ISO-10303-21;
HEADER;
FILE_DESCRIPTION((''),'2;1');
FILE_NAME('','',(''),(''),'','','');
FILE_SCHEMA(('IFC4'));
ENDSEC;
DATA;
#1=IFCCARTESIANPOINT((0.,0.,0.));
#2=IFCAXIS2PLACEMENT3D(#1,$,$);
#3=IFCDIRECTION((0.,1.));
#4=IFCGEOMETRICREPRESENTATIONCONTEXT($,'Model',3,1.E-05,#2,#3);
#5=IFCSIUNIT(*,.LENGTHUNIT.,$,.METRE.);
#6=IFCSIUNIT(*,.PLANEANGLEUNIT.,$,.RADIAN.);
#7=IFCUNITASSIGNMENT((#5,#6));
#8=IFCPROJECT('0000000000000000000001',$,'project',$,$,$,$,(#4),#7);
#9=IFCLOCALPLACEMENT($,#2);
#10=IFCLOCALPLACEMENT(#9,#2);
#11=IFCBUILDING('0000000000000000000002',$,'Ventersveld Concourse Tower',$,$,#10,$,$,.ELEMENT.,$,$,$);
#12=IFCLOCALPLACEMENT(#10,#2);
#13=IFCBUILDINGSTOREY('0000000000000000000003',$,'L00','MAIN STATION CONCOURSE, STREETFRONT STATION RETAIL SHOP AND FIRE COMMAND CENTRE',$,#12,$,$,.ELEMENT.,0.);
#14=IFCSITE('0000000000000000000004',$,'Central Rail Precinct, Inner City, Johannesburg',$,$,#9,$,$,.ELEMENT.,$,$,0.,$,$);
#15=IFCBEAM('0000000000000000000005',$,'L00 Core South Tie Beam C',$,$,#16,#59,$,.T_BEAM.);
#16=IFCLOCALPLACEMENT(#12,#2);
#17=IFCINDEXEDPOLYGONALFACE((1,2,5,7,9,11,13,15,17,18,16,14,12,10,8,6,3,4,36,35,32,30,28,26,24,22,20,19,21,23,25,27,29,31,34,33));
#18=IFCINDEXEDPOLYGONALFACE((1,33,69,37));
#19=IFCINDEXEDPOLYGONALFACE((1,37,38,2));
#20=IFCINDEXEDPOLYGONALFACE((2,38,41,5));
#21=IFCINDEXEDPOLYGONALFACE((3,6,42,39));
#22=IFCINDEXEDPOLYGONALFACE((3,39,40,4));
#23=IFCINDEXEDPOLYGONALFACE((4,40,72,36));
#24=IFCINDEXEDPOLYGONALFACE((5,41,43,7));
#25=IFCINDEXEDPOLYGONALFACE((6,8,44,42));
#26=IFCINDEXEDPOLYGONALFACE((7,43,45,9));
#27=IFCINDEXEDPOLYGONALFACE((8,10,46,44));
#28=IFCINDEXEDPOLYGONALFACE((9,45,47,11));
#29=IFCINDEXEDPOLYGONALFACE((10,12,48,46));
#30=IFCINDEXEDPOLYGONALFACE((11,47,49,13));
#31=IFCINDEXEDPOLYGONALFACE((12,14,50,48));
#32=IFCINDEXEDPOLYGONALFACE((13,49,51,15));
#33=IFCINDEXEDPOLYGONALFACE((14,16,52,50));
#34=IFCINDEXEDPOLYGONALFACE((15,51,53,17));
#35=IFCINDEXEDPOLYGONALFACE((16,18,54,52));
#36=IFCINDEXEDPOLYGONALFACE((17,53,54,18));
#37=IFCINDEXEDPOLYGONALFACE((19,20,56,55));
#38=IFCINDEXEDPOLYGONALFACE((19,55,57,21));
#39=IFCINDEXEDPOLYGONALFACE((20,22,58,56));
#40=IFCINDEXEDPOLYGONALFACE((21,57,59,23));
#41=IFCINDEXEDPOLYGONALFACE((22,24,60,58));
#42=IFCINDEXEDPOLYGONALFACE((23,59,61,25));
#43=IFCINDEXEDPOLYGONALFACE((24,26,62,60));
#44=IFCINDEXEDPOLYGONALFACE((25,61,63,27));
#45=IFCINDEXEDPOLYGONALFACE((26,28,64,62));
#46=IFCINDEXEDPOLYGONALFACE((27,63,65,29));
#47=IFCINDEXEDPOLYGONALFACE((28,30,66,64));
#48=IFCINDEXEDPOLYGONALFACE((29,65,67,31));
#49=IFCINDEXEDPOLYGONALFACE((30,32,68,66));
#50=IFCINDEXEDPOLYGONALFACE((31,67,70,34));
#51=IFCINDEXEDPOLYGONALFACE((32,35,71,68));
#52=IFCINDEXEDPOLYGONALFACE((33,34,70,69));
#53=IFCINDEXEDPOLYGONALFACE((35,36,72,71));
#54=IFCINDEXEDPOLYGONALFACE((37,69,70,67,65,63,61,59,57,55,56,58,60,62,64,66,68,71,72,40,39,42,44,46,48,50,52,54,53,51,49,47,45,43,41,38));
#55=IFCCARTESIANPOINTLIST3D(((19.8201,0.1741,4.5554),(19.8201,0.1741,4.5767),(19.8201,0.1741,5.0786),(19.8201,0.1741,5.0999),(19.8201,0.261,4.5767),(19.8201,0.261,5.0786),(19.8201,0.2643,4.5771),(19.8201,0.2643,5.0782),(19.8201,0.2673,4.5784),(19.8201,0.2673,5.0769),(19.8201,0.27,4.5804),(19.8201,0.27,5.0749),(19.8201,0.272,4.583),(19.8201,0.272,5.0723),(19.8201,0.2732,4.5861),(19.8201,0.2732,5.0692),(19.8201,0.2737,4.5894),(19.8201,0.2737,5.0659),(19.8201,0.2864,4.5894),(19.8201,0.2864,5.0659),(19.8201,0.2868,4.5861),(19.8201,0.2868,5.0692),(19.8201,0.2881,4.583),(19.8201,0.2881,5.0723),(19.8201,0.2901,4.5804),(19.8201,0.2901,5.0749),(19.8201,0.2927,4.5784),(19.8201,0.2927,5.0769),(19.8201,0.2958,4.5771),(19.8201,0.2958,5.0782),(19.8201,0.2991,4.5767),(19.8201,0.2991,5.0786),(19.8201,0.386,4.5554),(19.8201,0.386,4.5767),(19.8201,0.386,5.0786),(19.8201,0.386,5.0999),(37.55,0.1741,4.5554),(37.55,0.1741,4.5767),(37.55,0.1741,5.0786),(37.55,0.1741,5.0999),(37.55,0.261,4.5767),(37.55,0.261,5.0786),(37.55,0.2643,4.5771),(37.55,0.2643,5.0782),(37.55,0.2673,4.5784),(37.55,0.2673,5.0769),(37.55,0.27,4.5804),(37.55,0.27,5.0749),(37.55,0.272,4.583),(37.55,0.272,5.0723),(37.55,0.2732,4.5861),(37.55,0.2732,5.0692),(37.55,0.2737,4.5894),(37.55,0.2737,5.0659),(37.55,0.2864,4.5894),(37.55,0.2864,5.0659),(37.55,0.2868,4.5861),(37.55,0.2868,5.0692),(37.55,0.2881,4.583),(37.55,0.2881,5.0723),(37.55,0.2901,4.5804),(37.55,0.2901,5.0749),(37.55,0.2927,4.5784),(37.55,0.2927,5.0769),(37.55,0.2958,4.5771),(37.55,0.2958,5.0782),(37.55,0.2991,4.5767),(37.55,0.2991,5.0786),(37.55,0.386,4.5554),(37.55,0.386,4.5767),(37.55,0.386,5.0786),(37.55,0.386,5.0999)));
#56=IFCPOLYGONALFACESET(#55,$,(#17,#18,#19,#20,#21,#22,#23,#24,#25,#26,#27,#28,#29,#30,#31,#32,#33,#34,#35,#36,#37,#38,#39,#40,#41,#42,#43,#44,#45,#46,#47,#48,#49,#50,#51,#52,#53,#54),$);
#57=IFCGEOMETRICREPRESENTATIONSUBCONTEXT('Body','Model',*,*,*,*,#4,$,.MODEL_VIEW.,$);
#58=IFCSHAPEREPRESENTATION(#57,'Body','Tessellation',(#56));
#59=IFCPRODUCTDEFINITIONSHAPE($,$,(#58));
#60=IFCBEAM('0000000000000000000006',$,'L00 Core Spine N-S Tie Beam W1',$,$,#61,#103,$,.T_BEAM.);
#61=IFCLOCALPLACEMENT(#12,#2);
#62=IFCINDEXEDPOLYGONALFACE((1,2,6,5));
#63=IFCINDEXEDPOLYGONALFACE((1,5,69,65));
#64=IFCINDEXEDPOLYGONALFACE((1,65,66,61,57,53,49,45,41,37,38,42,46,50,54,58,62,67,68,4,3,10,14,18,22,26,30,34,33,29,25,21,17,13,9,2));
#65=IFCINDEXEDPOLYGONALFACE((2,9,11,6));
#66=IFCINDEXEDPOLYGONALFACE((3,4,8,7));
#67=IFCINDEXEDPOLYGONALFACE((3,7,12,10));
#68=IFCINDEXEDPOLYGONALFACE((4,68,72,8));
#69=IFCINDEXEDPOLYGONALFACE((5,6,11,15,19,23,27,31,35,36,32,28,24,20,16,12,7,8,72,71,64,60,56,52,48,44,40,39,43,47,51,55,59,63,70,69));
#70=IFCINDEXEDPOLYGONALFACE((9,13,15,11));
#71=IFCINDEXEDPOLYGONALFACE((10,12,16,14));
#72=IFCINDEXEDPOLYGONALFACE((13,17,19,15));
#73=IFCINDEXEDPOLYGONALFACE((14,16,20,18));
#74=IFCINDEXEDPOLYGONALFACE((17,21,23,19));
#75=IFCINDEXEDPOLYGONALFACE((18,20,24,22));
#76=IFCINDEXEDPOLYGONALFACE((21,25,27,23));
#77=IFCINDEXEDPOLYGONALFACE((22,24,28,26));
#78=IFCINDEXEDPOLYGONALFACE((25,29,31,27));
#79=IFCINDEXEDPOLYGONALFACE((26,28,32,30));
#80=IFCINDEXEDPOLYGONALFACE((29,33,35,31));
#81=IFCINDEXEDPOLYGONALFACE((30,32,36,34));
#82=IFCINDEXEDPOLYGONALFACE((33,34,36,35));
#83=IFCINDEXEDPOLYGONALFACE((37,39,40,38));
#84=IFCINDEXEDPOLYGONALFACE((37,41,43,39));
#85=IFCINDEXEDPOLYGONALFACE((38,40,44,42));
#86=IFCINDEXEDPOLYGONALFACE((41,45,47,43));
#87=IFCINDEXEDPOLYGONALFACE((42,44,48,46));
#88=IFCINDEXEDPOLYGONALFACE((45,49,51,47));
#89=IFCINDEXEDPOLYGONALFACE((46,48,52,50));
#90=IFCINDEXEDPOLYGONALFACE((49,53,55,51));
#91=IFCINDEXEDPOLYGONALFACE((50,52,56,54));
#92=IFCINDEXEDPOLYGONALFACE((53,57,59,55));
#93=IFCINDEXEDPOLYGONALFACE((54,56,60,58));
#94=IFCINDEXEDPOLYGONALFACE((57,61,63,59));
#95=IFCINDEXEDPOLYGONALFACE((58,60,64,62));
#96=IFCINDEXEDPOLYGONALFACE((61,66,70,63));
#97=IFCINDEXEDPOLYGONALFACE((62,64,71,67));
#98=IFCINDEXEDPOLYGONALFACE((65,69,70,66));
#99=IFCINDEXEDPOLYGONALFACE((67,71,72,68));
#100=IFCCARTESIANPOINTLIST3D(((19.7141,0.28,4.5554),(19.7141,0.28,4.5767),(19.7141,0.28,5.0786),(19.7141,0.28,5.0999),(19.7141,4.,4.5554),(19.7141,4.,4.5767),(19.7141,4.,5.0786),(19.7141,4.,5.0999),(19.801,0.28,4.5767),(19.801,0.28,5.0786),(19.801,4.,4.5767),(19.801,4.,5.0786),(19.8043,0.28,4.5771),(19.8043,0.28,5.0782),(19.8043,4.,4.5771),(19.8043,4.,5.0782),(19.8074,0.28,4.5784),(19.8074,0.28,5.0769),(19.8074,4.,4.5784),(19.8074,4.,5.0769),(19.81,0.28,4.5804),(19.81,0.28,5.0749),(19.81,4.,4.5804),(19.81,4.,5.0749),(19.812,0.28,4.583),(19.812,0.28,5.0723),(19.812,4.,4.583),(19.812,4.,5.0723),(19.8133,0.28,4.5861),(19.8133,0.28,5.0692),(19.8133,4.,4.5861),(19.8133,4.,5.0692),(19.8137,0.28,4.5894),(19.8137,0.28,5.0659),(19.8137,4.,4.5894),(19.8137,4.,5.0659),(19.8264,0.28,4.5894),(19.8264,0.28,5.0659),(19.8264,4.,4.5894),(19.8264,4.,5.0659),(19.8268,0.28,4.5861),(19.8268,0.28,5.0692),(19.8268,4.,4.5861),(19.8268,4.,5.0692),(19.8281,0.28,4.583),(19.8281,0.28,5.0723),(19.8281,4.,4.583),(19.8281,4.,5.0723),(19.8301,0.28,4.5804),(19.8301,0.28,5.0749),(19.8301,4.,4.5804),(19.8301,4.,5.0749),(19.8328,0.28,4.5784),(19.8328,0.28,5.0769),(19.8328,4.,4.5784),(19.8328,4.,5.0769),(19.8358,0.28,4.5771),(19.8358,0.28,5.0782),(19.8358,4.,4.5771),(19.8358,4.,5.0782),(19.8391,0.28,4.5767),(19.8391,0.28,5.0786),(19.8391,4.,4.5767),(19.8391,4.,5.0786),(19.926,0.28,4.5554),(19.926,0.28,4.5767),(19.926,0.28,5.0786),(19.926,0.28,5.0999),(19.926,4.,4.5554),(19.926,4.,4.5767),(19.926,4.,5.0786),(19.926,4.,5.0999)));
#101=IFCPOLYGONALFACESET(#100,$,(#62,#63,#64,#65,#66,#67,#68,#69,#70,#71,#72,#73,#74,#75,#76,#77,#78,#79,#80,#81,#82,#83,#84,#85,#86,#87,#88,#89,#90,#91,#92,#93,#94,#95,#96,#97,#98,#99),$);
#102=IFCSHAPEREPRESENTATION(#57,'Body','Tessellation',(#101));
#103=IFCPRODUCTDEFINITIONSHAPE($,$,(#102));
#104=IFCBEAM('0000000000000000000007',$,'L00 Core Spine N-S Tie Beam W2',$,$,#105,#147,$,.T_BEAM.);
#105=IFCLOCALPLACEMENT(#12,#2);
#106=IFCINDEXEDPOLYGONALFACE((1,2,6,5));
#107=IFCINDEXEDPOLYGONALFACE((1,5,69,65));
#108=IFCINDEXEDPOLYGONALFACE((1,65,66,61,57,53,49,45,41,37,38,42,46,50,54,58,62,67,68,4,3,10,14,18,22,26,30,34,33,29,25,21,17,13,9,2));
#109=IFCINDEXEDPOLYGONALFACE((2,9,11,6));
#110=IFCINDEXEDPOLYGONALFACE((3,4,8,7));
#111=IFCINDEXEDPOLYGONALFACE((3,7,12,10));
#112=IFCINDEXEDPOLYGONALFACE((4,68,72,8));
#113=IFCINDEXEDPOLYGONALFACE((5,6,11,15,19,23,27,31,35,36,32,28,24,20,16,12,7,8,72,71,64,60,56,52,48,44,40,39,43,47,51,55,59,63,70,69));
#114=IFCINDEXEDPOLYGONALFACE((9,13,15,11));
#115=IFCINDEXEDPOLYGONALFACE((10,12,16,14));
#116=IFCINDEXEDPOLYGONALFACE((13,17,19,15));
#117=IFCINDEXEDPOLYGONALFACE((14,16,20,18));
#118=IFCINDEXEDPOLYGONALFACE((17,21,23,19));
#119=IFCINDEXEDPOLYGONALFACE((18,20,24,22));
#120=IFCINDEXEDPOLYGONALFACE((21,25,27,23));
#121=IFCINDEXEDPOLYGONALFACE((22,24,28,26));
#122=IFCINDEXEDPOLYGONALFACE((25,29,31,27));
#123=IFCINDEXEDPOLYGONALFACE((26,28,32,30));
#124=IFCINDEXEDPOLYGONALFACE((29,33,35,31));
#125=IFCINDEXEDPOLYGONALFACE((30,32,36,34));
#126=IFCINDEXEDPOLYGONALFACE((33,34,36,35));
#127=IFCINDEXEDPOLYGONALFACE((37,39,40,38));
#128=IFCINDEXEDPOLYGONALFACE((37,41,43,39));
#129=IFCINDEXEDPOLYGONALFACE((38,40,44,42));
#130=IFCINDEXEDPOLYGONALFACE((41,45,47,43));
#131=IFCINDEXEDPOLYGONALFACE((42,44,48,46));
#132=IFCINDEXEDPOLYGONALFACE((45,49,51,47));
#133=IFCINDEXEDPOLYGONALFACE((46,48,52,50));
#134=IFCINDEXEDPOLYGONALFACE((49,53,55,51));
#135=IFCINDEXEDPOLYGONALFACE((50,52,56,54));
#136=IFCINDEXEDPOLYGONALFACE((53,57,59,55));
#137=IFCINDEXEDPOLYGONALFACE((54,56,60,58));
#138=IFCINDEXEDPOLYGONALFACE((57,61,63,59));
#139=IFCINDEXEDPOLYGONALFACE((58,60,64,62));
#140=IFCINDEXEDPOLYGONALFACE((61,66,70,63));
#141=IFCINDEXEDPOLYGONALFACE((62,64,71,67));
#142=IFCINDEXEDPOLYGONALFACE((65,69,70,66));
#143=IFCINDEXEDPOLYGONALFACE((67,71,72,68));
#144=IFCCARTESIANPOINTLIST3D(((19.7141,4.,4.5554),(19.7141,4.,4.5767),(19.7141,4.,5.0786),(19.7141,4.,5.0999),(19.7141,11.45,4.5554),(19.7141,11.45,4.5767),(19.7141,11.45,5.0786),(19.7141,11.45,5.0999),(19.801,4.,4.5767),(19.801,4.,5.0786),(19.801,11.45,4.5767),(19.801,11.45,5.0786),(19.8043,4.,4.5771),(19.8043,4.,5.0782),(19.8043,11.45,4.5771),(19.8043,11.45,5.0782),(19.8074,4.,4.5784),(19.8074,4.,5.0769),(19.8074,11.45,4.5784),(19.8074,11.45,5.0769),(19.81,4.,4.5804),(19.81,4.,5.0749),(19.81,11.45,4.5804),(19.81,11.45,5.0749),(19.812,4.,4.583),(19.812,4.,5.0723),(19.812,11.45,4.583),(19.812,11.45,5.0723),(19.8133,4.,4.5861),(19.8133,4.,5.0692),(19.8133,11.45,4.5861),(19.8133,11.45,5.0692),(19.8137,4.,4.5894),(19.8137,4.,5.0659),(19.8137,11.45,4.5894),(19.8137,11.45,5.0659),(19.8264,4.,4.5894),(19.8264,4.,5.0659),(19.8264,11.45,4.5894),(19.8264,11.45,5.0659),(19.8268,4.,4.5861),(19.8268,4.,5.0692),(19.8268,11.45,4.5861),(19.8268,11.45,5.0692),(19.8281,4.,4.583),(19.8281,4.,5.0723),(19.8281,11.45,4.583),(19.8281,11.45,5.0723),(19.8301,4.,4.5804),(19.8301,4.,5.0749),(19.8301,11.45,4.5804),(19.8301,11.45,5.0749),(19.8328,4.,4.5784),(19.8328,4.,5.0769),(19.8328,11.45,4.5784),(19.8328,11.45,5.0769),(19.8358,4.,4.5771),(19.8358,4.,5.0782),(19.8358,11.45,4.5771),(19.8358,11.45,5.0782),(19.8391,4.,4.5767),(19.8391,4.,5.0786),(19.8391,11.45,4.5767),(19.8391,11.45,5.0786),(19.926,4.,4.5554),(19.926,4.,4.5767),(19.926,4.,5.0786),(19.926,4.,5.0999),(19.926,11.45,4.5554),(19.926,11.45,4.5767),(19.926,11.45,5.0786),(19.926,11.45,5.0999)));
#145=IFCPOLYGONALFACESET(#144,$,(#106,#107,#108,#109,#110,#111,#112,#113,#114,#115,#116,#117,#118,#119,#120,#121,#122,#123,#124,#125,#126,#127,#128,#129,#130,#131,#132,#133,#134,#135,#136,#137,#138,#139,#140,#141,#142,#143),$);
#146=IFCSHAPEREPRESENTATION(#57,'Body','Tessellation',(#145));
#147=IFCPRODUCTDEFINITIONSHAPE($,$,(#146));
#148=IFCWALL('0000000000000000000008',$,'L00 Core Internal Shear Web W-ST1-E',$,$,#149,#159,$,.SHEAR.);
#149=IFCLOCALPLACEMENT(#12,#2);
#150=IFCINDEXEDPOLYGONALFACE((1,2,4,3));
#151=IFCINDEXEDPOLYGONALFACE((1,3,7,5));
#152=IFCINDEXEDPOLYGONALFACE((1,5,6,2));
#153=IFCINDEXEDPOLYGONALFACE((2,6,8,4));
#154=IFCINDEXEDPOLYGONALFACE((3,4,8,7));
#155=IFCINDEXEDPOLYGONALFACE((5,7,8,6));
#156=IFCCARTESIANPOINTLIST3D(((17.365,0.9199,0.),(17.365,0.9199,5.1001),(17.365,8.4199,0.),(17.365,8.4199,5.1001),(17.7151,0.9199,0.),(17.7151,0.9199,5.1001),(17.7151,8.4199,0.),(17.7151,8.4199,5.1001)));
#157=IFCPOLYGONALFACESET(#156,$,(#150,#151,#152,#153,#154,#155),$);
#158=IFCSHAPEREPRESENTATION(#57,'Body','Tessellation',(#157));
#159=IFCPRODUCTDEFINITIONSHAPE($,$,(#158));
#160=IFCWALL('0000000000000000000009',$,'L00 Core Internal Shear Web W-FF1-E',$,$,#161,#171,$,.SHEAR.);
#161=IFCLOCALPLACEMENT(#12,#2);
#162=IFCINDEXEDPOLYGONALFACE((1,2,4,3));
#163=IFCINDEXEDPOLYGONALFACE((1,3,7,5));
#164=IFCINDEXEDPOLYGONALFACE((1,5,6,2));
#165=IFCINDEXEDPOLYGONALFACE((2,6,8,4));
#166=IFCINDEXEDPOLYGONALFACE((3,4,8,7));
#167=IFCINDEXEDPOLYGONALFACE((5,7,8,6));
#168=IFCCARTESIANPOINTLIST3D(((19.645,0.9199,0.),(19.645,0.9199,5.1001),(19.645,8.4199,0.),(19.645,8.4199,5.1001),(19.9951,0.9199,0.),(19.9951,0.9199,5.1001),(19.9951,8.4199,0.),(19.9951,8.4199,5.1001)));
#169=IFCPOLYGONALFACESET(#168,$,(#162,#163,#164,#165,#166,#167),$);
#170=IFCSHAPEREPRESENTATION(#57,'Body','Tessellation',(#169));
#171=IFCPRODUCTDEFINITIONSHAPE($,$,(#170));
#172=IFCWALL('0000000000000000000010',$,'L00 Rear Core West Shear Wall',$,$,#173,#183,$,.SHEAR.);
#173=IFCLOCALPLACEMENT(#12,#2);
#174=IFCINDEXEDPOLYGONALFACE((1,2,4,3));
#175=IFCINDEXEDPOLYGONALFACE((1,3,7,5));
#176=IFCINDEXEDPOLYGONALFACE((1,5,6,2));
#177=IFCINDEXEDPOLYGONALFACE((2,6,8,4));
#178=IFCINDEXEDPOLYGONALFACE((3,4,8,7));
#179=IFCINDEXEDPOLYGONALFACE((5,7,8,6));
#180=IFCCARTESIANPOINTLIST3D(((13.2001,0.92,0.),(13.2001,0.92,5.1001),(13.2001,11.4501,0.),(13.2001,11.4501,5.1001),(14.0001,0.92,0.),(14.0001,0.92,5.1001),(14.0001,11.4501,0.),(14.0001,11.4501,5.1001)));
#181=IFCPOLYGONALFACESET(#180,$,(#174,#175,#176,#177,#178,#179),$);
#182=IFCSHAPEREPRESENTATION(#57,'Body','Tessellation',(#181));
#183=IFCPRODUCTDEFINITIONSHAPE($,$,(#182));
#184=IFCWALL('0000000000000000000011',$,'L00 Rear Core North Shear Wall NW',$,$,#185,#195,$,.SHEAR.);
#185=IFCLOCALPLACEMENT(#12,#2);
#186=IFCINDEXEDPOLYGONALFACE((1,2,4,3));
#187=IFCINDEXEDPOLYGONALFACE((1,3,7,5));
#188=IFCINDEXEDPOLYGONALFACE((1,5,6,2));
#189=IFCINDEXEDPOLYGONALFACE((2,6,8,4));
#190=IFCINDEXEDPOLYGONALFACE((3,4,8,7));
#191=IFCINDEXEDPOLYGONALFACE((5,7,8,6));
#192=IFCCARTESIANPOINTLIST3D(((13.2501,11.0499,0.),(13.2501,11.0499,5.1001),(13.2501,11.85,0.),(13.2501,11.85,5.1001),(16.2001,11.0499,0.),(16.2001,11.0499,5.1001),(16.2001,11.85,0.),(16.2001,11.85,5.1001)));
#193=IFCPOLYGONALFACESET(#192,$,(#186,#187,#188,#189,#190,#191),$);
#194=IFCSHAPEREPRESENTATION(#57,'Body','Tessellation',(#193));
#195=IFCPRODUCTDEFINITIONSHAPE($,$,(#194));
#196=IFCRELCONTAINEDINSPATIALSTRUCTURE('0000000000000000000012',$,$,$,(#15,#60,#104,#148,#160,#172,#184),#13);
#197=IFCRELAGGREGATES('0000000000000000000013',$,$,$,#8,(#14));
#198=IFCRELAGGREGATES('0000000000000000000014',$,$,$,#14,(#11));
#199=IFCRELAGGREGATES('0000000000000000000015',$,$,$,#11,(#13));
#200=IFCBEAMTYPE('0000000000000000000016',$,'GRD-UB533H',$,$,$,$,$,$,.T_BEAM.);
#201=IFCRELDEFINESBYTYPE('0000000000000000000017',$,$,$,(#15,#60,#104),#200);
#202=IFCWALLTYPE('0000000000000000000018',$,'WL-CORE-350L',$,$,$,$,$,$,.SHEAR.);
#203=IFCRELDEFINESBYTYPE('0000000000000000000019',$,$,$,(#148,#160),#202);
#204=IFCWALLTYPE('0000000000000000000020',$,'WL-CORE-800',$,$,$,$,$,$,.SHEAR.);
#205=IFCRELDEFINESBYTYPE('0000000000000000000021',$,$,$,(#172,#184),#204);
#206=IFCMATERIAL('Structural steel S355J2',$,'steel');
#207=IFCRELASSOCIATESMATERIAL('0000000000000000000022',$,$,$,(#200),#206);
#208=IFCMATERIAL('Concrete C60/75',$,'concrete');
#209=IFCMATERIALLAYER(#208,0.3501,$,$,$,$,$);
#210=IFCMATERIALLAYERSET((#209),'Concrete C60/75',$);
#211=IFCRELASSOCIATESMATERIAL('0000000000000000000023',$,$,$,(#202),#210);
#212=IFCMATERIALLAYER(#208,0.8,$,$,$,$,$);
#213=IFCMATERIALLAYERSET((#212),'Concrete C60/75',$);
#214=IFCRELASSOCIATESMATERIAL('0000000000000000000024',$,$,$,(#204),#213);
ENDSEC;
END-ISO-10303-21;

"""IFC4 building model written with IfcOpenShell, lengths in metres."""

from ifc_helpers import new_model, si_unit, direction, frame, frame_2d, origin, origin_2d, place, context, subcontext, project, spatial, rectangle, i_section, extrude, material, layer, layer_set, material_profile, profile_set, type_object, element, save


model = new_model("IFC4")

# Units and contexts
model_context = context("Model", 3, precision=1e-05, world=origin(), true_north=direction((0.0, 1.0)))
body_context = subcontext(model_context, "Body", "Model", "MODEL_VIEW")
ifc_project = project(units=[si_unit("LENGTHUNIT", "METRE"), si_unit("PLANEANGLEUNIT", "RADIAN")], contexts=[model_context])

# Site, building, storey
site_placement = place(None, origin())
site = spatial("IfcSite", under=ifc_project, at=site_placement, Name="Central Rail Precinct, Inner City, Johannesburg", CompositionType="ELEMENT", RefElevation=0.0)
building_placement = place(site_placement, origin())
building = spatial("IfcBuilding", under=site, at=building_placement, Name="Ventersveld Concourse Tower", CompositionType="ELEMENT")
storey_placement = place(building_placement, origin())
storey = spatial("IfcBuildingStorey", under=building, at=storey_placement, Name="L00", Description="MAIN STATION CONCOURSE, STREETFRONT STATION RETAIL SHOP AND FIRE COMMAND CENTRE", CompositionType="ELEMENT", Elevation=0.0)

# Beams
ifc_material_1 = material(Name="Structural steel S355J2", Category="steel")
ifc_material_profile_1 = material_profile(ifc_material_1, i_section(OverallWidth=0.2119, OverallDepth=0.5444, WebThickness=0.0127, FlangeThickness=0.0212, FilletRadius=0.0127, at=origin_2d()), Name="UB 533x210x122")
ifc_profile_set_1 = profile_set([ifc_material_profile_1], Name="Structural steel S355J2")
beam_type = type_object("IfcBeamType", Name="GRD-UB533H", PredefinedType="T_BEAM", material=ifc_profile_set_1)
beam_1_placement = place(storey_placement, frame((19.8201, 0.28, 4.8276), z_axis=(1.0, 0.0, 0.0), x_axis=(0.0, 1.0, 0.0)))
element("IfcBeam", 1, at=beam_1_placement, inside=storey, type_object=beam_type, Name="L00 Core South Tie Beam C", PredefinedType="T_BEAM", context=body_context, shape_type="SweptSolid", body=[
    extrude(i_section(OverallWidth=0.2119, OverallDepth=0.5444, WebThickness=0.0127, FlangeThickness=0.0212, FilletRadius=0.0127, at=origin_2d()), origin(), (0.0, 0.0, 1.0), 17.73),
])
beam_2_placement = place(storey_placement, frame((19.8201, 0.28, 4.8276), z_axis=(0.0, 1.0, 0.0), x_axis=(-1.0, 0.0, 0.0)))
element("IfcBeam", 2, at=beam_2_placement, inside=storey, type_object=beam_type, Name="L00 Core Spine N-S Tie Beam W1", PredefinedType="T_BEAM", context=body_context, shape_type="SweptSolid", body=[
    extrude(i_section(OverallWidth=0.2119, OverallDepth=0.5444, WebThickness=0.0127, FlangeThickness=0.0212, FilletRadius=0.0127, at=origin_2d()), origin(), (0.0, 0.0, 1.0), 3.72),
])
beam_3_placement = place(storey_placement, frame((19.8201, 4.0, 4.8276), z_axis=(0.0, 1.0, 0.0), x_axis=(-1.0, 0.0, 0.0)))
element("IfcBeam", 3, at=beam_3_placement, inside=storey, type_object=beam_type, Name="L00 Core Spine N-S Tie Beam W2", PredefinedType="T_BEAM", context=body_context, shape_type="SweptSolid", body=[
    extrude(i_section(OverallWidth=0.2119, OverallDepth=0.5444, WebThickness=0.0127, FlangeThickness=0.0212, FilletRadius=0.0127, at=origin_2d()), origin(), (0.0, 0.0, 1.0), 7.45),
])

# Walls
ifc_material_2 = material(Name="Concrete C60/75", Category="concrete")
ifc_layer_1 = layer(ifc_material_2, 0.3501)
ifc_layer_set_1 = layer_set([ifc_layer_1], Name="Concrete C60/75")
wall_type_1 = type_object("IfcWallType", Name="WL-CORE-350L", PredefinedType="SHEAR", material=ifc_layer_set_1)
for number, where, z_axis, x_axis, name in (
    (4, (17.54, 0.9199, 0.0), (0.0, 0.0, 1.0), (0.0, 1.0, 0.0), "L00 Core Internal Shear Web W-ST1-E"),
    (5, (19.8201, 0.9199, 0.0), (0.0, 0.0, 1.0), (0.0, 1.0, 0.0), "L00 Core Internal Shear Web W-FF1-E"),
):
    element("IfcWall", number, at=place(storey_placement, frame(where, z_axis=z_axis, x_axis=x_axis)), inside=storey, type_object=wall_type_1, Name=name, PredefinedType="SHEAR", context=body_context, shape_type="SweptSolid", body=[
        extrude(rectangle(XDim=7.5, YDim=0.3501, at=frame_2d((3.75, 0.0))), origin(), (0.0, 0.0, 1.0), 5.1001),
    ])
ifc_layer_2 = layer(ifc_material_2, 0.8)
ifc_layer_set_2 = layer_set([ifc_layer_2], Name="Concrete C60/75")
wall_type_2 = type_object("IfcWallType", Name="WL-CORE-800", PredefinedType="SHEAR", material=ifc_layer_set_2)
wall_1_placement = place(storey_placement, frame((13.6001, 0.9199, 0.0), z_axis=(0.0, 0.0, 1.0), x_axis=(0.0, 1.0, 0.0)))
element("IfcWall", 6, at=wall_1_placement, inside=storey, type_object=wall_type_2, Name="L00 Rear Core West Shear Wall", PredefinedType="SHEAR", context=body_context, shape_type="SweptSolid", body=[
    extrude(rectangle(XDim=10.53, YDim=0.8, at=frame_2d((5.2651, 0.0))), origin(), (0.0, 0.0, 1.0), 5.1001),
])
wall_2_placement = place(storey_placement, frame((13.25, 11.45, 0.0), z_axis=(0.0, 0.0, 1.0), x_axis=(1.0, 0.0, 0.0)))
element("IfcWall", 7, at=wall_2_placement, inside=storey, type_object=wall_type_2, Name="L00 Rear Core North Shear Wall NW", PredefinedType="SHEAR", context=body_context, shape_type="SweptSolid", body=[
    extrude(rectangle(XDim=2.95, YDim=0.8, at=frame_2d((1.4751, 0.0))), origin(), (0.0, 0.0, 1.0), 5.1001),
])

save(model, "model.ifc")
